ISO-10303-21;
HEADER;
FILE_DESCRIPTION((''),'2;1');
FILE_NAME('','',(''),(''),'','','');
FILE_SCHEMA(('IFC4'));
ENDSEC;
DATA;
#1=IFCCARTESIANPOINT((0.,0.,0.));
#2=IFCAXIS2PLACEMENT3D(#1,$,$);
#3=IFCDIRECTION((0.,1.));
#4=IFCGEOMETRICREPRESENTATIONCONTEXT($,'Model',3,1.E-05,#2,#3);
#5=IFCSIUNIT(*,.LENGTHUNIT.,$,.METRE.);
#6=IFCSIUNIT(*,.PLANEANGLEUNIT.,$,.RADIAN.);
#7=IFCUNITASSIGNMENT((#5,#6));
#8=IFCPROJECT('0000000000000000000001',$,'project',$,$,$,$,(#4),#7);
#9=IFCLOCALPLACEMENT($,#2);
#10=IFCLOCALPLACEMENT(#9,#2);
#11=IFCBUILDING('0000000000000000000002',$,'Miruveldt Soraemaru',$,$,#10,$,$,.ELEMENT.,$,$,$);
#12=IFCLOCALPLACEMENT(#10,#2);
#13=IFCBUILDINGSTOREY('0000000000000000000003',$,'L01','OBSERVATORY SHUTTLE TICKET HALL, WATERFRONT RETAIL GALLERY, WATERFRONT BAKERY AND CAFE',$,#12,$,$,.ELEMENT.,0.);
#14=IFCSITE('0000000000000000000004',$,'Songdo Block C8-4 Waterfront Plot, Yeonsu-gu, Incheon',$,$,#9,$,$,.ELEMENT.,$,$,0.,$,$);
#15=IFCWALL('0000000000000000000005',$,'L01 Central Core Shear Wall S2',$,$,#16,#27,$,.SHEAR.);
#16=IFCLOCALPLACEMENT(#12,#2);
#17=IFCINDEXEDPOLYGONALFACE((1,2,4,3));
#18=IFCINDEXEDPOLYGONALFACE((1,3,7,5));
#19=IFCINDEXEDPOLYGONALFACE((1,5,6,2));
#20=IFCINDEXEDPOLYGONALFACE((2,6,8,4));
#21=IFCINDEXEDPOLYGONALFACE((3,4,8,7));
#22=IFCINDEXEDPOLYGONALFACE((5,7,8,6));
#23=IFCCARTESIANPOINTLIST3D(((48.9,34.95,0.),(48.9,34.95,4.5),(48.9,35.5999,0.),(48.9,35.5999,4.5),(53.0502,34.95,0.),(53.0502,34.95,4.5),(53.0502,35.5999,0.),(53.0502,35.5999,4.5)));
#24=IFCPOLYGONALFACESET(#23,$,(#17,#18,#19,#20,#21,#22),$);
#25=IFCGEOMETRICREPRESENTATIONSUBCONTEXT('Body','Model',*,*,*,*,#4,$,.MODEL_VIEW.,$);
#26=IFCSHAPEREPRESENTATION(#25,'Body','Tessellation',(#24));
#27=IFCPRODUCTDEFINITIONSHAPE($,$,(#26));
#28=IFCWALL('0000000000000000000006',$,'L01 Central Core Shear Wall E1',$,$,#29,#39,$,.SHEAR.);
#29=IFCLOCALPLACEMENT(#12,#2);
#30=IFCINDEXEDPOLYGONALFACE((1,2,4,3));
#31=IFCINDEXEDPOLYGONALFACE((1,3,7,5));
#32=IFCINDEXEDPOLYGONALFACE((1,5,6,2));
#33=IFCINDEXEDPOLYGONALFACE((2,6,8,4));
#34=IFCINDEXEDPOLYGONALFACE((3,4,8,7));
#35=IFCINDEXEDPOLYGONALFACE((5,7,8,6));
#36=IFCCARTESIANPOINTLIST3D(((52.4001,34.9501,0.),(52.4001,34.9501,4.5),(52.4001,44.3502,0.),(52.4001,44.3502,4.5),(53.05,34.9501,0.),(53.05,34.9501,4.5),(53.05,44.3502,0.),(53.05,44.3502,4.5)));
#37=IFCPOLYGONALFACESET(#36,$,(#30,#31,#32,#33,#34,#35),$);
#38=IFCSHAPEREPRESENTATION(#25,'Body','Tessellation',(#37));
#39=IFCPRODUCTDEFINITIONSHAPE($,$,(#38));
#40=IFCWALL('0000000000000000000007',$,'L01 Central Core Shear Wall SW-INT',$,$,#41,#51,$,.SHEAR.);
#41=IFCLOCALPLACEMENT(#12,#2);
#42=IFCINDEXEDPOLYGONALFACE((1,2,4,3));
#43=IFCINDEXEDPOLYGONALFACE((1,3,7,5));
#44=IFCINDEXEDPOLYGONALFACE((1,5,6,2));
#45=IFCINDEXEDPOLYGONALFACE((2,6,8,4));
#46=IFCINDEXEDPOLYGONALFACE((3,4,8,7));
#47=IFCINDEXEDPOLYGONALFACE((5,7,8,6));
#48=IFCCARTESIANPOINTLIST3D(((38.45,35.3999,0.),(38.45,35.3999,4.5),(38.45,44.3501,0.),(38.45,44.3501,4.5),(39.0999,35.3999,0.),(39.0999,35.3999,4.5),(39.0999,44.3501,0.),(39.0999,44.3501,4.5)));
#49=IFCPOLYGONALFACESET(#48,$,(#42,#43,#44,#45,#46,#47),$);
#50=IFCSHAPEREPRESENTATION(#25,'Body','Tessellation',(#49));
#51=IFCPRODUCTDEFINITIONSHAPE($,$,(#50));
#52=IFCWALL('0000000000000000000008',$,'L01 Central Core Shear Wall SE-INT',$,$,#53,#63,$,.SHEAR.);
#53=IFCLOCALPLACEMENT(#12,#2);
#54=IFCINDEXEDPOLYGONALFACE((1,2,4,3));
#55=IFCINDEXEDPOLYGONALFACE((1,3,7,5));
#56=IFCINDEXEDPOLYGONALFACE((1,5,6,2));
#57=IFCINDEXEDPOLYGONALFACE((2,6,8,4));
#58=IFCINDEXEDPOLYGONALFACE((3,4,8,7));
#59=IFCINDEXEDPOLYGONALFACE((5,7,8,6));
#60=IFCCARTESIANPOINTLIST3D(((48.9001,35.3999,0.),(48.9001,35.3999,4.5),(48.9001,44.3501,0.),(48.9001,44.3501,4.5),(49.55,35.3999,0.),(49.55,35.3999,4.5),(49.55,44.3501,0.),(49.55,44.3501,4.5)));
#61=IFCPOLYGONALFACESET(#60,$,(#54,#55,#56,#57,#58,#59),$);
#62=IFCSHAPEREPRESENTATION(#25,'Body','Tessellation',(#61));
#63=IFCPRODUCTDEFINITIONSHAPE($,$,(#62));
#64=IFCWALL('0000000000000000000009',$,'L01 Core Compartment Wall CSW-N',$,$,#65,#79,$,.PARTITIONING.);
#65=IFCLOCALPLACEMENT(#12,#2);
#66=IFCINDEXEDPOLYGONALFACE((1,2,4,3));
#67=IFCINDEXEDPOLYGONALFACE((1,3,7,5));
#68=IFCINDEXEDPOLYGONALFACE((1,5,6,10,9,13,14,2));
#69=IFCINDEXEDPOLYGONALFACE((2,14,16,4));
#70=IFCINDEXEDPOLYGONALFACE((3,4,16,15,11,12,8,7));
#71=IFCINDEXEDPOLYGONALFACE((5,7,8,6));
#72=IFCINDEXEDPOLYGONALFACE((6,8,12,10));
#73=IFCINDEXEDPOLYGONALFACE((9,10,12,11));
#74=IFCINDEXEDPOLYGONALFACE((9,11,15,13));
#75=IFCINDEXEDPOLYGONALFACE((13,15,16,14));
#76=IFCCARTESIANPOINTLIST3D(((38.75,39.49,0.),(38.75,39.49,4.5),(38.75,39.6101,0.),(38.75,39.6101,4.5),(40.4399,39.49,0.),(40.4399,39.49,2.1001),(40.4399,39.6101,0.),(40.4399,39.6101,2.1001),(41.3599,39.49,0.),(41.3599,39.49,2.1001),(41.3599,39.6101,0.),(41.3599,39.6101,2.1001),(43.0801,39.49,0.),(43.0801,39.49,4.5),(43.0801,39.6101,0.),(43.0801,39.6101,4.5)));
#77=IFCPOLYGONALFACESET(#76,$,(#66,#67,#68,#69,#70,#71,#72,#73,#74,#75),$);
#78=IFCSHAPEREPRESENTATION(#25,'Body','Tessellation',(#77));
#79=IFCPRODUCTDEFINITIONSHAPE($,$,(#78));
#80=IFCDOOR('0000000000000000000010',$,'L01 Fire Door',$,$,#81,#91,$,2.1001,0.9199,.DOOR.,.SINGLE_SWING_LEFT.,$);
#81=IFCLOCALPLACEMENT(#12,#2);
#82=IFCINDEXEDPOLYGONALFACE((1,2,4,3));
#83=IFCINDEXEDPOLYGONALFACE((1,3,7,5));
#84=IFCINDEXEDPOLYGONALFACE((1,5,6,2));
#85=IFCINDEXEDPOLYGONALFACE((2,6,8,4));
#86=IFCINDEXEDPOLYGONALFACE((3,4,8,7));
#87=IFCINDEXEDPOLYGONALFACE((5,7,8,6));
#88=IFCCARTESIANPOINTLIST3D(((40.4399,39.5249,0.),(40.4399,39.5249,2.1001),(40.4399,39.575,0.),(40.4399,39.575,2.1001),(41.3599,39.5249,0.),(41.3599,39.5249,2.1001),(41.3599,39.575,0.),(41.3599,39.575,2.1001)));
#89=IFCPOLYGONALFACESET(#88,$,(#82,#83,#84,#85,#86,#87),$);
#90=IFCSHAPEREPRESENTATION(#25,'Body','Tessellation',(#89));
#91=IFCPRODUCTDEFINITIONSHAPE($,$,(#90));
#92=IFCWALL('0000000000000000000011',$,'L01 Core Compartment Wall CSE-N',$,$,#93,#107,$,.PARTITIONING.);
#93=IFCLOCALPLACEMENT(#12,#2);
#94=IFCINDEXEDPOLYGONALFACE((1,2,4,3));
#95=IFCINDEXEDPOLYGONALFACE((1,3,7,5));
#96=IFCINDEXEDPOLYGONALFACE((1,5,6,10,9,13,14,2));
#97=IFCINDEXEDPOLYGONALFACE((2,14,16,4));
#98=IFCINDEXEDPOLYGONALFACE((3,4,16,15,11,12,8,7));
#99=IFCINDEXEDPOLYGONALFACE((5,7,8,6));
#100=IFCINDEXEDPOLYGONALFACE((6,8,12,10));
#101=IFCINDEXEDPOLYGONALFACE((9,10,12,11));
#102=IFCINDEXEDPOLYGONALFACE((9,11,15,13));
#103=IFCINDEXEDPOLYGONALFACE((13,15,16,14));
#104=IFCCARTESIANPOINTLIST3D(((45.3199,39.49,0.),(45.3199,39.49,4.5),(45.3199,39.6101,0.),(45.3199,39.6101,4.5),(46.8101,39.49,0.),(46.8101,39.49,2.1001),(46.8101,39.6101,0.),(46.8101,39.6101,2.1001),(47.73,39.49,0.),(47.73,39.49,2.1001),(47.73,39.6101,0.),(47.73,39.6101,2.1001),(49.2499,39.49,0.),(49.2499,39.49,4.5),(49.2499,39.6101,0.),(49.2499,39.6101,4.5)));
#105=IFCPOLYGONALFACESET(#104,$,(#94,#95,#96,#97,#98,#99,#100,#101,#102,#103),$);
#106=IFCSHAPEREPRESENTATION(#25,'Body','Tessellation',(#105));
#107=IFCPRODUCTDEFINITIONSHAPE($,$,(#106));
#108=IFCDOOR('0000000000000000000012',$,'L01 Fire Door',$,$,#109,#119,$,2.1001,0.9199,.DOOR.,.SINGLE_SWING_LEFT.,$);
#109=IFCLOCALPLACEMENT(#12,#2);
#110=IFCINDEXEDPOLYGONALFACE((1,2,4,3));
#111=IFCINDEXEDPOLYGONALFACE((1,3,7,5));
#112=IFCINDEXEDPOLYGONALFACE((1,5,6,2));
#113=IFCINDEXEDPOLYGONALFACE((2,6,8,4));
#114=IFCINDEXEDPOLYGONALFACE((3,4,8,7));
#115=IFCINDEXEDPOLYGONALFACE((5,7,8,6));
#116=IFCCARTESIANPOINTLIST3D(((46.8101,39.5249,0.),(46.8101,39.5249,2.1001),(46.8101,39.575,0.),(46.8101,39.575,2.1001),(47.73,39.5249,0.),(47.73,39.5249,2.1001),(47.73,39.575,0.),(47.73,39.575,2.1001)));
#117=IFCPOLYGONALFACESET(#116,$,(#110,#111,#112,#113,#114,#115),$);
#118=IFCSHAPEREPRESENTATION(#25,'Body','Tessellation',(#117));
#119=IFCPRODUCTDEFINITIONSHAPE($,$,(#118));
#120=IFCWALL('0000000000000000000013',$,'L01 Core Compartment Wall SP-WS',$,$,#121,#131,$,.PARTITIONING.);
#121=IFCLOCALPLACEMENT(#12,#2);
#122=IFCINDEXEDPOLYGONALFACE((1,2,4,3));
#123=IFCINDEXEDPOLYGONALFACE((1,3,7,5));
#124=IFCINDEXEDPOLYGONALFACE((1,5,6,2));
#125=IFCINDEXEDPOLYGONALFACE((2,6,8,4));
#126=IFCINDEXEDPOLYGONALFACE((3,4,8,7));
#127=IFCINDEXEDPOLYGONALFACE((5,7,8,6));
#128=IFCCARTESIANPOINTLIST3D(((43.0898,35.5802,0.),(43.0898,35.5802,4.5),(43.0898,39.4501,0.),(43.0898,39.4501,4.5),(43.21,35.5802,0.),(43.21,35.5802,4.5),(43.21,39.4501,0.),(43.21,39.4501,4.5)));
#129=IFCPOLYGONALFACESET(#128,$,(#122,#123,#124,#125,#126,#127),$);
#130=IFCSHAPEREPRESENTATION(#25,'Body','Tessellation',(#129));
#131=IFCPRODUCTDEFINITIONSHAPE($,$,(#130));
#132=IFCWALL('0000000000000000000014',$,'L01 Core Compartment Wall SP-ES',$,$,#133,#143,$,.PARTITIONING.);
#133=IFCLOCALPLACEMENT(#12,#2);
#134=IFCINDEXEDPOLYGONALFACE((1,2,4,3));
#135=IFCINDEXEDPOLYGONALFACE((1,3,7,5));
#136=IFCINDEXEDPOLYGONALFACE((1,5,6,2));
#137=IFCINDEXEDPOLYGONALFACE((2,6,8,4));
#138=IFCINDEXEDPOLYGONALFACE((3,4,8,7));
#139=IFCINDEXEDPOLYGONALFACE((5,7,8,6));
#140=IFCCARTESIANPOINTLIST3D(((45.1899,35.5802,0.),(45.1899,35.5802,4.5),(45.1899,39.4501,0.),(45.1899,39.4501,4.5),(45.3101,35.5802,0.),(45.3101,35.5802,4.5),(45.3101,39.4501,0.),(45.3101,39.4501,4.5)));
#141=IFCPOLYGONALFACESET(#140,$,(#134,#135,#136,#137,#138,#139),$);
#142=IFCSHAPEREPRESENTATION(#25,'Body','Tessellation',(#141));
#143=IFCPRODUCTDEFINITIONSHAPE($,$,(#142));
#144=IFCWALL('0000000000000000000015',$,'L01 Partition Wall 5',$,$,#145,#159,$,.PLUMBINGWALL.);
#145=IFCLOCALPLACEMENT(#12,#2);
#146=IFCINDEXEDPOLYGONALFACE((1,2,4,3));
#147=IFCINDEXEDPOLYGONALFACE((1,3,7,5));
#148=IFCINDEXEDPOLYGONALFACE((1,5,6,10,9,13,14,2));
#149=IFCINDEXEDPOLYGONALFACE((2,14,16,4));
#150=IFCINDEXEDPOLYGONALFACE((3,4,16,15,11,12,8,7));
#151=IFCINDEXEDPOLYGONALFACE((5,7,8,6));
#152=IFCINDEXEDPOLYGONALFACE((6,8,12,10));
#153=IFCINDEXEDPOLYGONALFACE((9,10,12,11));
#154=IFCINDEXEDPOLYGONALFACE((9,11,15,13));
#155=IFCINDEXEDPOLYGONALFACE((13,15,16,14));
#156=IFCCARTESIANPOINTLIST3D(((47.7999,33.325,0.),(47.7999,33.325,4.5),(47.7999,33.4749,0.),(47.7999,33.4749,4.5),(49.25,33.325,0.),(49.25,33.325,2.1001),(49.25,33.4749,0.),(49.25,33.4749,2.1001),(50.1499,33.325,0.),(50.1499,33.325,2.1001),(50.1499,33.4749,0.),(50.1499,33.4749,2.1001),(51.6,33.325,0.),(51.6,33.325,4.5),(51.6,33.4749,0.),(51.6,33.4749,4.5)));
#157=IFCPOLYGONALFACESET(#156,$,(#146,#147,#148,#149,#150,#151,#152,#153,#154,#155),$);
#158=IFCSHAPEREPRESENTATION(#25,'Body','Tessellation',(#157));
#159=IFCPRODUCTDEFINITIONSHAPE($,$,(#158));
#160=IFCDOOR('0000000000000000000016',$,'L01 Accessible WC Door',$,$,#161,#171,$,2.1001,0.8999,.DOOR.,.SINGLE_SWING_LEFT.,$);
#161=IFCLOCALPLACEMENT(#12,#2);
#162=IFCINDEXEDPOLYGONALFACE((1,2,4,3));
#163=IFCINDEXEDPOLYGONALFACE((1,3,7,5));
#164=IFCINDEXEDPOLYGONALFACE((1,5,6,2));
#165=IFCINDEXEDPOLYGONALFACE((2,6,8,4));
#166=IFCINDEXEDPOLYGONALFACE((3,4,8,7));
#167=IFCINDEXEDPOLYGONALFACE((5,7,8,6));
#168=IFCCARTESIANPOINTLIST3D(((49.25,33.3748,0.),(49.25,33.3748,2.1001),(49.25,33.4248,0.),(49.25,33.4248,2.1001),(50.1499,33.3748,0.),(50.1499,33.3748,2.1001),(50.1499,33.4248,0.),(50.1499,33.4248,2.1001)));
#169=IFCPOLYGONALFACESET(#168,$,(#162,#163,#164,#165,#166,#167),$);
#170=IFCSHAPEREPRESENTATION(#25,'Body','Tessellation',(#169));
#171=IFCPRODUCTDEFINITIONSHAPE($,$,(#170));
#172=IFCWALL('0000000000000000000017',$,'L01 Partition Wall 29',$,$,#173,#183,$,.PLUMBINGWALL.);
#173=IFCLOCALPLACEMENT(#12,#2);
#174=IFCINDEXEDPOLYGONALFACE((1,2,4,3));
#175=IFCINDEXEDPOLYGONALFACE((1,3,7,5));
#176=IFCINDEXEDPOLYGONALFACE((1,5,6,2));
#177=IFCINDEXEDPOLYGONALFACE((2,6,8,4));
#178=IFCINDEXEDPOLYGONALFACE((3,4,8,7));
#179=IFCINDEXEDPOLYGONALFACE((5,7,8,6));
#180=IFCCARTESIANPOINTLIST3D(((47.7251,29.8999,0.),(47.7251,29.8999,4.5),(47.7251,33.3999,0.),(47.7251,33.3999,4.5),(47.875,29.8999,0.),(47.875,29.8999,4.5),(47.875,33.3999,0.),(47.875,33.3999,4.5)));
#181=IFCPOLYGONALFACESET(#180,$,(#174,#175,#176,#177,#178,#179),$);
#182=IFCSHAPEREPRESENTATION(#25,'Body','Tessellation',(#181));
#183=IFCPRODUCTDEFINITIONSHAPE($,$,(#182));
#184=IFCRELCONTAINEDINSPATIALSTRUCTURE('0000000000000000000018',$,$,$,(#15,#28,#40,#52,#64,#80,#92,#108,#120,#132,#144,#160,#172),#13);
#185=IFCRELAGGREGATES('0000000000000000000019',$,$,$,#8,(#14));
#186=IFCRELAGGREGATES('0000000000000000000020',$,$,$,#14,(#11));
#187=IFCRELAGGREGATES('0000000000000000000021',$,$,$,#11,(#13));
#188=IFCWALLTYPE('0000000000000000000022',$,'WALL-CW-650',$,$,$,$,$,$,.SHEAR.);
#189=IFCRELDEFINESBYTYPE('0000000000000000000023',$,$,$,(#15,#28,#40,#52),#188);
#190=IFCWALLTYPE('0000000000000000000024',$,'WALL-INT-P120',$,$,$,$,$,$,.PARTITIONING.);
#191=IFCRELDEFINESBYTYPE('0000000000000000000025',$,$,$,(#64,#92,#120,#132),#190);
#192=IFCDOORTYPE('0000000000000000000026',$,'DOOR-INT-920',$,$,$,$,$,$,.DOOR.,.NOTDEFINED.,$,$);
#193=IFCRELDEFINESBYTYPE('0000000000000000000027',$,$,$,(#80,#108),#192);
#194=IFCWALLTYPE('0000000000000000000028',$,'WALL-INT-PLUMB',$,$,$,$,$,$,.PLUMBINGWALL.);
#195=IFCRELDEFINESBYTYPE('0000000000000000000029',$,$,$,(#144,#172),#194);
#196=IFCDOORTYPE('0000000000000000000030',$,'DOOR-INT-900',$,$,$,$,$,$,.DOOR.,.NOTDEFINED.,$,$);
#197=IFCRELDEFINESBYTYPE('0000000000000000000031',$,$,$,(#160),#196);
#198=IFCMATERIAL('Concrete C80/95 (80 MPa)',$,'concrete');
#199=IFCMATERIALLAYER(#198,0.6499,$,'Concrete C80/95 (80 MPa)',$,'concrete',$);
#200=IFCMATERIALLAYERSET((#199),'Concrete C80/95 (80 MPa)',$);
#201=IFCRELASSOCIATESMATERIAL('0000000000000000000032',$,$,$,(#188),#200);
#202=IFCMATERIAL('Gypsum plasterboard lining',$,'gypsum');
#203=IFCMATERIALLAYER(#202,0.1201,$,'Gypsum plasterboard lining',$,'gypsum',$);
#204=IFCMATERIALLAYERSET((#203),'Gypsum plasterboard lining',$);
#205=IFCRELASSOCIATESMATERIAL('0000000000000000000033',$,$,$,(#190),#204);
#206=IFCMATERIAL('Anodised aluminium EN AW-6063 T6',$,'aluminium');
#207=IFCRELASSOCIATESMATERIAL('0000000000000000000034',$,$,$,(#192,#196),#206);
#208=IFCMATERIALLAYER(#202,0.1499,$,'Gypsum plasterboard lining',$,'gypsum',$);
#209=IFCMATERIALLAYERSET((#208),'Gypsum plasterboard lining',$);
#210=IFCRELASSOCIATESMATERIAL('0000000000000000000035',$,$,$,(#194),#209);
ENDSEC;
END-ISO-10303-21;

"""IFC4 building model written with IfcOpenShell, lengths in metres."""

from ifc_helpers import new_model, si_unit, direction, frame, frame_2d, origin, place, context, subcontext, project, spatial, rectangle, extrude, material, layer, layer_set, type_object, element, fill, save


model = new_model("IFC4")

# Units and contexts
model_context = context("Model", 3, precision=1e-05, world=origin(), true_north=direction((0.0, 1.0)))
body_context = subcontext(model_context, "Body", "Model", "MODEL_VIEW")
ifc_project = project(units=[si_unit("LENGTHUNIT", "METRE"), si_unit("PLANEANGLEUNIT", "RADIAN")], contexts=[model_context])

# Site, building, storey
site_placement = place(None, origin())
site = spatial("IfcSite", under=ifc_project, at=site_placement, Name="Songdo Block C8-4 Waterfront Plot, Yeonsu-gu, Incheon", CompositionType="ELEMENT", RefElevation=0.0)
building_placement = place(site_placement, origin())
building = spatial("IfcBuilding", under=site, at=building_placement, Name="Miruveldt Soraemaru", CompositionType="ELEMENT")
storey_placement = place(building_placement, origin())
storey = spatial("IfcBuildingStorey", under=building, at=storey_placement, Name="L01", Description="OBSERVATORY SHUTTLE TICKET HALL, WATERFRONT RETAIL GALLERY, WATERFRONT BAKERY AND CAFE", CompositionType="ELEMENT", Elevation=0.0)

# Shared definitions
ifc_material_1 = material(Name="Concrete C80/95 (80 MPa)", Category="concrete")

# Walls
ifc_layer_1 = layer(ifc_material_1, 0.6499, Name="Concrete C80/95 (80 MPa)", Category="concrete")
ifc_layer_set_1 = layer_set([ifc_layer_1], Name="Concrete C80/95 (80 MPa)")
wall_type_1 = type_object("IfcWallType", Name="WALL-CW-650", PredefinedType="SHEAR", material=ifc_layer_set_1)
wall_1_placement = place(storey_placement, frame((48.8999, 35.2749, 0.0), z_axis=(0.0, 0.0, 1.0), x_axis=(1.0, 0.0, 0.0)))
element("IfcWall", 1, at=wall_1_placement, inside=storey, type_object=wall_type_1, Name="L01 Central Core Shear Wall S2", PredefinedType="SHEAR", context=body_context, shape_type="SweptSolid", body=[
    extrude(rectangle(XDim=4.1501, YDim=0.6499, at=frame_2d((2.0752, 0.0))), origin(), (0.0, 0.0, 1.0), 4.5),
])
wall_2_placement = place(storey_placement, frame((52.7251, 34.95, 0.0), z_axis=(0.0, 0.0, 1.0), x_axis=(0.0, 1.0, 0.0)))
element("IfcWall", 2, at=wall_2_placement, inside=storey, type_object=wall_type_1, Name="L01 Central Core Shear Wall E1", PredefinedType="SHEAR", context=body_context, shape_type="SweptSolid", body=[
    extrude(rectangle(XDim=9.4001, YDim=0.6499, at=frame_2d((4.7002, 0.0))), origin(), (0.0, 0.0, 1.0), 4.5),
])
for number, where, z_axis, x_axis, name in (
    (3, (38.7749, 35.3999, 0.0), (0.0, 0.0, 1.0), (0.0, 1.0, 0.0), "L01 Central Core Shear Wall SW-INT"),
    (4, (49.2251, 35.3999, 0.0), (0.0, 0.0, 1.0), (0.0, 1.0, 0.0), "L01 Central Core Shear Wall SE-INT"),
):
    element("IfcWall", number, at=place(storey_placement, frame(where, z_axis=z_axis, x_axis=x_axis)), inside=storey, type_object=wall_type_1, Name=name, PredefinedType="SHEAR", context=body_context, shape_type="SweptSolid", body=[
        extrude(rectangle(XDim=8.9502, YDim=0.6499, at=frame_2d((4.4751, 0.0))), origin(), (0.0, 0.0, 1.0), 4.5),
    ])

# Walls, openings, doors
ifc_material_2 = material(Name="Gypsum plasterboard lining", Category="gypsum")
ifc_layer_2 = layer(ifc_material_2, 0.1201, Name="Gypsum plasterboard lining", Category="gypsum")
ifc_layer_set_2 = layer_set([ifc_layer_2], Name="Gypsum plasterboard lining")
wall_type_2 = type_object("IfcWallType", Name="WALL-INT-P120", PredefinedType="PARTITIONING", material=ifc_layer_set_2)
wall_3_placement = place(storey_placement, frame((38.75, 39.55, 0.0), z_axis=(0.0, 0.0, 1.0), x_axis=(1.0, 0.0, 0.0)))
wall_3 = element("IfcWall", 5, at=wall_3_placement, inside=storey, type_object=wall_type_2, Name="L01 Core Compartment Wall CSW-N", PredefinedType="PARTITIONING", context=body_context, shape_type="SweptSolid", body=[
    extrude(rectangle(XDim=4.3301, YDim=0.1201, at=frame_2d((2.165, 0.0))), origin(), (0.0, 0.0, 1.0), 4.5),
])
opening_1_placement = place(wall_3_placement, frame((1.6899, 0.0, 0.0)))
opening_1 = element("IfcOpeningElement", 6, at=opening_1_placement, cuts=wall_3, PredefinedType="OPENING", context=body_context, shape_type="SweptSolid", body=[
    extrude(rectangle(XDim=0.9199, YDim=2.1001, at=frame_2d((0.46, 1.05))), frame((0.0, 0.0701, 0.0), z_axis=(0.0, -1.0, 0.0), x_axis=(1.0, 0.0, 0.0)), (0.0, 0.0, 1.0), 0.1401),
])
ifc_material_3 = material(Name="Anodised aluminium EN AW-6063 T6", Category="aluminium")
door_type_1 = type_object("IfcDoorType", Name="DOOR-INT-920", OperationType="NOTDEFINED", PredefinedType="DOOR", material=ifc_material_3)
door_1_placement = place(opening_1_placement, origin())
door_1 = element("IfcDoor", 7, at=door_1_placement, inside=storey, type_object=door_type_1, Name="L01 Fire Door", OperationType="SINGLE_SWING_LEFT", OverallHeight=2.1001, OverallWidth=0.9199, PredefinedType="DOOR", context=body_context, shape_type="SweptSolid", body=[
    extrude(rectangle(XDim=0.9199, YDim=2.1001, at=frame_2d((0.46, 1.05))), frame((0.0, 0.0249, 0.0), z_axis=(0.0, -1.0, 0.0), x_axis=(1.0, 0.0, 0.0)), (0.0, 0.0, 1.0), 0.05),
])
fill(opening_1, door_1)
wall_4_placement = place(storey_placement, frame((45.3201, 39.55, 0.0), z_axis=(0.0, 0.0, 1.0), x_axis=(1.0, 0.0, 0.0)))
wall_4 = element("IfcWall", 8, at=wall_4_placement, inside=storey, type_object=wall_type_2, Name="L01 Core Compartment Wall CSE-N", PredefinedType="PARTITIONING", context=body_context, shape_type="SweptSolid", body=[
    extrude(rectangle(XDim=3.9299, YDim=0.1201, at=frame_2d((1.9648, 0.0))), origin(), (0.0, 0.0, 1.0), 4.5),
])
opening_2_placement = place(wall_4_placement, frame((1.49, 0.0, 0.0)))
opening_2 = element("IfcOpeningElement", 9, at=opening_2_placement, cuts=wall_4, PredefinedType="OPENING", context=body_context, shape_type="SweptSolid", body=[
    extrude(rectangle(XDim=0.9199, YDim=2.1001, at=frame_2d((0.46, 1.05))), frame((0.0, 0.0701, 0.0), z_axis=(0.0, -1.0, 0.0), x_axis=(1.0, 0.0, 0.0)), (0.0, 0.0, 1.0), 0.1401),
])
door_2_placement = place(opening_2_placement, origin())
door_2 = element("IfcDoor", 10, at=door_2_placement, inside=storey, type_object=door_type_1, Name="L01 Fire Door", OperationType="SINGLE_SWING_LEFT", OverallHeight=2.1001, OverallWidth=0.9199, PredefinedType="DOOR", context=body_context, shape_type="SweptSolid", body=[
    extrude(rectangle(XDim=0.9199, YDim=2.1001, at=frame_2d((0.46, 1.05))), frame((0.0, 0.0249, 0.0), z_axis=(0.0, -1.0, 0.0), x_axis=(1.0, 0.0, 0.0)), (0.0, 0.0, 1.0), 0.05),
])
fill(opening_2, door_2)

# Walls
for number, where, z_axis, x_axis, name in (
    (11, (43.1499, 35.5801, 0.0), (0.0, 0.0, 1.0), (0.0, 1.0, 0.0), "L01 Core Compartment Wall SP-WS"),
    (12, (45.25, 35.5801, 0.0), (0.0, 0.0, 1.0), (0.0, 1.0, 0.0), "L01 Core Compartment Wall SP-ES"),
):
    element("IfcWall", number, at=place(storey_placement, frame(where, z_axis=z_axis, x_axis=x_axis)), inside=storey, type_object=wall_type_2, Name=name, PredefinedType="PARTITIONING", context=body_context, shape_type="SweptSolid", body=[
        extrude(rectangle(XDim=3.8699, YDim=0.1201, at=frame_2d((1.9351, 0.0))), origin(), (0.0, 0.0, 1.0), 4.5),
    ])

# Wall, opening, door
ifc_layer_3 = layer(ifc_material_2, 0.1499, Name="Gypsum plasterboard lining", Category="gypsum")
ifc_layer_set_3 = layer_set([ifc_layer_3], Name="Gypsum plasterboard lining")
wall_type_3 = type_object("IfcWallType", Name="WALL-INT-PLUMB", PredefinedType="PLUMBINGWALL", material=ifc_layer_set_3)
wall_5_placement = place(storey_placement, frame((47.8, 33.3999, 0.0), z_axis=(0.0, 0.0, 1.0), x_axis=(1.0, 0.0, 0.0)))
wall_5 = element("IfcWall", 13, at=wall_5_placement, inside=storey, type_object=wall_type_3, Name="L01 Partition Wall 5", PredefinedType="PLUMBINGWALL", context=body_context, shape_type="SweptSolid", body=[
    extrude(rectangle(XDim=3.8, YDim=0.1499, at=frame_2d((1.8999, 0.0))), origin(), (0.0, 0.0, 1.0), 4.5),
])
opening_3_placement = place(wall_5_placement, frame((1.45, 0.0, 0.0)))
opening_3 = element("IfcOpeningElement", 14, at=opening_3_placement, cuts=wall_5, PredefinedType="OPENING", context=body_context, shape_type="SweptSolid", body=[
    extrude(rectangle(XDim=0.8999, YDim=2.1001, at=frame_2d((0.45, 1.05))), frame((0.0, 0.085, 0.0), z_axis=(0.0, -1.0, 0.0), x_axis=(1.0, 0.0, 0.0)), (0.0, 0.0, 1.0), 0.1699),
])
door_type_2 = type_object("IfcDoorType", Name="DOOR-INT-900", OperationType="NOTDEFINED", PredefinedType="DOOR", material=ifc_material_3)
door_3_placement = place(opening_3_placement, origin())
door_3 = element("IfcDoor", 15, at=door_3_placement, inside=storey, type_object=door_type_2, Name="L01 Accessible WC Door", OperationType="SINGLE_SWING_LEFT", OverallHeight=2.1001, OverallWidth=0.8999, PredefinedType="DOOR", context=body_context, shape_type="SweptSolid", body=[
    extrude(rectangle(XDim=0.8999, YDim=2.1001, at=frame_2d((0.45, 1.05))), frame((0.0, 0.0249, 0.0), z_axis=(0.0, -1.0, 0.0), x_axis=(1.0, 0.0, 0.0)), (0.0, 0.0, 1.0), 0.05),
])
fill(opening_3, door_3)

# Wall
wall_6_placement = place(storey_placement, frame((47.8, 33.3999, 0.0), z_axis=(0.0, 0.0, 1.0), x_axis=(0.0, -1.0, 0.0)))
element("IfcWall", 16, at=wall_6_placement, inside=storey, type_object=wall_type_3, Name="L01 Partition Wall 29", PredefinedType="PLUMBINGWALL", context=body_context, shape_type="SweptSolid", body=[
    extrude(rectangle(XDim=3.5, YDim=0.1499, at=frame_2d((1.75, 0.0))), origin(), (0.0, 0.0, 1.0), 4.5),
])

save(model, "model.ifc")
